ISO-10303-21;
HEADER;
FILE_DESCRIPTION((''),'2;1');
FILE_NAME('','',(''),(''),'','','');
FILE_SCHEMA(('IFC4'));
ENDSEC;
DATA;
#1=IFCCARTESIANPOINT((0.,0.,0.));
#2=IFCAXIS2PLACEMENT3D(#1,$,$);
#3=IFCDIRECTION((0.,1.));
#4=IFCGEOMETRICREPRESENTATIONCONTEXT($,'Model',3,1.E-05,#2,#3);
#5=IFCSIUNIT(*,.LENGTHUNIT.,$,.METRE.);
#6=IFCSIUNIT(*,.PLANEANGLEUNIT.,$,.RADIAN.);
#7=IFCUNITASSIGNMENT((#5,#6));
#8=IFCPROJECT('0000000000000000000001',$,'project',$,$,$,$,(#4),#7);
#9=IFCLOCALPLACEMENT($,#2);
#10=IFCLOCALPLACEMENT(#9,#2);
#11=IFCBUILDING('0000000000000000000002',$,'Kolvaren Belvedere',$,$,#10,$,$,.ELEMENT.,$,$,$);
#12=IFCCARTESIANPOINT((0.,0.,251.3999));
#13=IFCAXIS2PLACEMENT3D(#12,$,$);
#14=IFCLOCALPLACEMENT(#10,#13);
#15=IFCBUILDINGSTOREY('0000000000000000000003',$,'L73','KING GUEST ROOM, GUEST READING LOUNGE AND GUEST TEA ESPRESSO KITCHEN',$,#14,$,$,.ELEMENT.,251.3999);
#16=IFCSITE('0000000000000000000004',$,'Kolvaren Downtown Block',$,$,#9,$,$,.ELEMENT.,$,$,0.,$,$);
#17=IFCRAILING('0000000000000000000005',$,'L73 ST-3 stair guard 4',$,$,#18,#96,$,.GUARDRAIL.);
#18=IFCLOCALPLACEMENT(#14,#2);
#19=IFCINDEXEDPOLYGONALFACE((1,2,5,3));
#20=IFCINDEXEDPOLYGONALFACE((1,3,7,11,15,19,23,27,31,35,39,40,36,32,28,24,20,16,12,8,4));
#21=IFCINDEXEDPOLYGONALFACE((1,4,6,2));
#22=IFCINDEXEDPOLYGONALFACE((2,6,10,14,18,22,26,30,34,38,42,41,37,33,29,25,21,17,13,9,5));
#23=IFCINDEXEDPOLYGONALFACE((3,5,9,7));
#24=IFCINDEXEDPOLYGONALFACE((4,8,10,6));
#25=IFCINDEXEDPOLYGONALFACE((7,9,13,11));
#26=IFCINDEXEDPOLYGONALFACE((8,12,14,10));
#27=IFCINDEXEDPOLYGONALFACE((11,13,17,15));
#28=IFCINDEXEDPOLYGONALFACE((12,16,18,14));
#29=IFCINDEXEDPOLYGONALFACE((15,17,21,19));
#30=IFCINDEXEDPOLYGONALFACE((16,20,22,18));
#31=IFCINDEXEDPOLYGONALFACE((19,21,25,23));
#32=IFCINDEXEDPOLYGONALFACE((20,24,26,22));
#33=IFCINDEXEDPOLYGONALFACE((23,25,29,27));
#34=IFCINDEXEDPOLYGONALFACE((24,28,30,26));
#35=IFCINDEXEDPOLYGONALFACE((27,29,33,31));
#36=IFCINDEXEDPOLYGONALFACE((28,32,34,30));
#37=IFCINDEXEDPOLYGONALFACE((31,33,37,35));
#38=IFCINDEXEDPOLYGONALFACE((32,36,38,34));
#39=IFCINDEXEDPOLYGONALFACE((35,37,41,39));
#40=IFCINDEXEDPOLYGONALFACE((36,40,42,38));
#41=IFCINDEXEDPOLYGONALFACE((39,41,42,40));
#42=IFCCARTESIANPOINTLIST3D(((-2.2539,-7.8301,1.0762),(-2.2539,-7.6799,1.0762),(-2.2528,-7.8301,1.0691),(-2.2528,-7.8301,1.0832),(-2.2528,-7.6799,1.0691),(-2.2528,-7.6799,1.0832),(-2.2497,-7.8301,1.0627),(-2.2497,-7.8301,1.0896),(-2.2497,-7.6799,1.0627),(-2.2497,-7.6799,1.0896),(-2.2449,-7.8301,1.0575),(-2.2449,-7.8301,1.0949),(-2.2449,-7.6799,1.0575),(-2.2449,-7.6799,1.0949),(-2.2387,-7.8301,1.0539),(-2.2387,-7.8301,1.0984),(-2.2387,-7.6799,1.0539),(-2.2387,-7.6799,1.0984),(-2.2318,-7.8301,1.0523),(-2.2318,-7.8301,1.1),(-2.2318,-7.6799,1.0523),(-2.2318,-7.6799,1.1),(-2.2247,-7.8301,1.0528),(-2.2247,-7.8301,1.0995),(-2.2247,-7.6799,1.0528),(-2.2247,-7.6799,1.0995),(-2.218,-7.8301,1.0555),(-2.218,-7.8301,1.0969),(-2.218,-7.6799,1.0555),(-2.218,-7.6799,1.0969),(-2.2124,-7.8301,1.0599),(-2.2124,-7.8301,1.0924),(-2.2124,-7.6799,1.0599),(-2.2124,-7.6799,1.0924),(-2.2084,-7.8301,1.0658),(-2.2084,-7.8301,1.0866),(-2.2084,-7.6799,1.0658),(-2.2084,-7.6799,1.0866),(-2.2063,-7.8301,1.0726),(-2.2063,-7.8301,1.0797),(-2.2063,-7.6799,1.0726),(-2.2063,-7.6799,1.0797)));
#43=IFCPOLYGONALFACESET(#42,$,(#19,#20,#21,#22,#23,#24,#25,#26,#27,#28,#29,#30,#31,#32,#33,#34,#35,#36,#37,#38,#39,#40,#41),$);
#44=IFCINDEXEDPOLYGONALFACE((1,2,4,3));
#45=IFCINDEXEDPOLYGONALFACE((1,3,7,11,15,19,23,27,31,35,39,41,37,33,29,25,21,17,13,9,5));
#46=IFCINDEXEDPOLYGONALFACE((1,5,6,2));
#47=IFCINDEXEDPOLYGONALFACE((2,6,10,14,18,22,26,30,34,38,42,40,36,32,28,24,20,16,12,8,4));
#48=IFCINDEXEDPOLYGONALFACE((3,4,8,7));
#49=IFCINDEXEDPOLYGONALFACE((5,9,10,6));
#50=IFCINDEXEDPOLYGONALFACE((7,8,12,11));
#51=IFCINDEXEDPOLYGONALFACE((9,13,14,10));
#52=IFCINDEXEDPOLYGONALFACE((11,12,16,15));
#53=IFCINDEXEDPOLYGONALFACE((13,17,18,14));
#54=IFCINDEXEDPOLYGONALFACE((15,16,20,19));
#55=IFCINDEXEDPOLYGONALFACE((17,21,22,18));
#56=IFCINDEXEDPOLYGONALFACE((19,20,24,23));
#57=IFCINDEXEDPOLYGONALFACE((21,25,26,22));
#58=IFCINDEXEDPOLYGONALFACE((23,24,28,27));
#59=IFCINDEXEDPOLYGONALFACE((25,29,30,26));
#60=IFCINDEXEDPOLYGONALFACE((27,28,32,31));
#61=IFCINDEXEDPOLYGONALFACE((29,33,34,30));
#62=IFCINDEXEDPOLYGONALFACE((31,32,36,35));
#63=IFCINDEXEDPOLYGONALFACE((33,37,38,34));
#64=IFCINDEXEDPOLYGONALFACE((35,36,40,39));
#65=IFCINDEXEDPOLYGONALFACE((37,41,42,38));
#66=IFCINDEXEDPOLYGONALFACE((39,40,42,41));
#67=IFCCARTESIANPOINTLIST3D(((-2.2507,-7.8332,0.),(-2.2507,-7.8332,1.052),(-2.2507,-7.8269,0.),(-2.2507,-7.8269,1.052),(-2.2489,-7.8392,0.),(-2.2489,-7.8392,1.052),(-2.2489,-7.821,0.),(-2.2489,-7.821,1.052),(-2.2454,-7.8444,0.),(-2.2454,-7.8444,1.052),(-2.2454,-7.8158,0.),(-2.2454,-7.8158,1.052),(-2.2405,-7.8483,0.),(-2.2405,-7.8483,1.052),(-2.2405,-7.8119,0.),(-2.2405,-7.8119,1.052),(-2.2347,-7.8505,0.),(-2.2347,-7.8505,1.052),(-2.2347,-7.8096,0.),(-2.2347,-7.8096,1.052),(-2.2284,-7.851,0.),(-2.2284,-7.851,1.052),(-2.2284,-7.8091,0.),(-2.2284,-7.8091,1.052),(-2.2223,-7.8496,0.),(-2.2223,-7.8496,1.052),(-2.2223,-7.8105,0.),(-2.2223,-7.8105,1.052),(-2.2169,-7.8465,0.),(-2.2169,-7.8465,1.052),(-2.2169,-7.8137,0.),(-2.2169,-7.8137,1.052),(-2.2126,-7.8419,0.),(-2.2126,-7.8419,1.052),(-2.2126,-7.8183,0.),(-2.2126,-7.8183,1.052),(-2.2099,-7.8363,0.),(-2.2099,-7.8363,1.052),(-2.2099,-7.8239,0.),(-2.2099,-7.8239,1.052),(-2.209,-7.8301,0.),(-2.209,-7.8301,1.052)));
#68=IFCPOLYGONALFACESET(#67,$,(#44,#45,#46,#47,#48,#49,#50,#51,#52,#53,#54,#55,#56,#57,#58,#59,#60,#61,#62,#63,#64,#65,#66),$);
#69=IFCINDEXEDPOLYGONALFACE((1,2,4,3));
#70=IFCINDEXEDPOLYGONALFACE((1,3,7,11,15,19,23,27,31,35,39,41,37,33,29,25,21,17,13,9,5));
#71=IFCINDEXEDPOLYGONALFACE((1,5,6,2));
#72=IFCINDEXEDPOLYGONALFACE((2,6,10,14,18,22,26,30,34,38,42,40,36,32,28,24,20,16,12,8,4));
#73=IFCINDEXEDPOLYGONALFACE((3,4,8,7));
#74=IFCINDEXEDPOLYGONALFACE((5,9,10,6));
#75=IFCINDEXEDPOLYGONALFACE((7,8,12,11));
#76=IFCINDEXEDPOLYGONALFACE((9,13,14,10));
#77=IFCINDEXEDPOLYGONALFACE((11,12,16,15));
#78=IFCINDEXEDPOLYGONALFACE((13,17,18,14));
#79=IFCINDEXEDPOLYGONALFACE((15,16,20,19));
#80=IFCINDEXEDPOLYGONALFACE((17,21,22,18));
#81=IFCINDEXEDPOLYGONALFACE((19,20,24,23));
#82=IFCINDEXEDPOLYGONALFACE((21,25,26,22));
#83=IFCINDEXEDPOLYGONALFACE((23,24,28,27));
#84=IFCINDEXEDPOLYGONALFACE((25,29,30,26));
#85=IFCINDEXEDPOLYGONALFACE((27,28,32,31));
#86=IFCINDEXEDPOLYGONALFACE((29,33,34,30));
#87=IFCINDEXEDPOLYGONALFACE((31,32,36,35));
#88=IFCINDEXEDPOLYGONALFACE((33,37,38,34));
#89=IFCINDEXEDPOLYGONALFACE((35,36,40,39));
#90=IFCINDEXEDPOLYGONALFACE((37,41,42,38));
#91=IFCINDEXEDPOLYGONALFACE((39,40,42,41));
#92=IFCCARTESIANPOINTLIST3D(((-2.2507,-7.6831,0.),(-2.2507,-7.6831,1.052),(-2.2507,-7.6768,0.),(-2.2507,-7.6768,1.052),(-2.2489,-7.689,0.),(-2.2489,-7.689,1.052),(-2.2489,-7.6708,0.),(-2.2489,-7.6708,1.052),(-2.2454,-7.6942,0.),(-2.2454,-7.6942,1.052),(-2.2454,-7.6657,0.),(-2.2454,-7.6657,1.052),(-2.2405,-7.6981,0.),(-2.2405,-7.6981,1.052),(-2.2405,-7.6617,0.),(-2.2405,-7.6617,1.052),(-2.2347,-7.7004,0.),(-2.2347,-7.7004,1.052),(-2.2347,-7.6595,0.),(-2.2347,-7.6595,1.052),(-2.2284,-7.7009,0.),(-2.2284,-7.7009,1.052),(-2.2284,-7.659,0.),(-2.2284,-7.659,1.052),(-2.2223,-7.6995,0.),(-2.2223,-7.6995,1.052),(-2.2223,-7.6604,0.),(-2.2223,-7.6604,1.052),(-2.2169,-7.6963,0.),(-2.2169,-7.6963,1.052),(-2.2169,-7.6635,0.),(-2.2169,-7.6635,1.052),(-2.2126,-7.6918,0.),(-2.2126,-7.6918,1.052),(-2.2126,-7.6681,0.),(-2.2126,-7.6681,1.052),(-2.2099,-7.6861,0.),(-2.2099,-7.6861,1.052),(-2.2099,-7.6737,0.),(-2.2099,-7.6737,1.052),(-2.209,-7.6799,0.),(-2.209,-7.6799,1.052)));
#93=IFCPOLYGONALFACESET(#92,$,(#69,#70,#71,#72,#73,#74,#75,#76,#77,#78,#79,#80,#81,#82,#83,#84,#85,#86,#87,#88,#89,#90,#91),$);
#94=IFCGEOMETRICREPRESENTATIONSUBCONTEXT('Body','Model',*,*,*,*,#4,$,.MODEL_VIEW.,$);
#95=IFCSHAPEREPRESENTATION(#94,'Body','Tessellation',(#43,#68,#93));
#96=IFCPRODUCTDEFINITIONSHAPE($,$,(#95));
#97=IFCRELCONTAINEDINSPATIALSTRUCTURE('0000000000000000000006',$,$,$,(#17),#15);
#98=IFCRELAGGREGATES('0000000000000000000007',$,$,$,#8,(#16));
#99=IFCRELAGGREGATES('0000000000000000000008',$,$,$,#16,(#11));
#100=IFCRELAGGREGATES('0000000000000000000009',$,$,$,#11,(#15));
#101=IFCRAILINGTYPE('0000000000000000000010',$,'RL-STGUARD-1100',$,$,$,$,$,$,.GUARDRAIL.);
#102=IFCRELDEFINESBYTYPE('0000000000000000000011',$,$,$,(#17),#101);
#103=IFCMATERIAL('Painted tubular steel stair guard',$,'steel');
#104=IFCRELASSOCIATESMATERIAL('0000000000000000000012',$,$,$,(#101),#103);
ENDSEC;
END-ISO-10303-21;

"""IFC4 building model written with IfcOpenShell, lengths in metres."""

from ifc_helpers import new_model, si_unit, direction, frame, origin, origin_2d, place, context, subcontext, project, spatial, circle, extrude, material, type_object, element, save


model = new_model("IFC4")

# Units and contexts
model_context = context("Model", 3, precision=1e-05, world=origin(), true_north=direction((0.0, 1.0)))
body_context = subcontext(model_context, "Body", "Model", "MODEL_VIEW")
ifc_project = project(units=[si_unit("LENGTHUNIT", "METRE"), si_unit("PLANEANGLEUNIT", "RADIAN")], contexts=[model_context])

# Site, building, storey
site_placement = place(None, origin())
site = spatial("IfcSite", under=ifc_project, at=site_placement, Name="Kolvaren Downtown Block", CompositionType="ELEMENT", RefElevation=0.0)
building_placement = place(site_placement, origin())
building = spatial("IfcBuilding", under=site, at=building_placement, Name="Kolvaren Belvedere", CompositionType="ELEMENT")
storey_placement = place(building_placement, frame((0.0, 0.0, 251.3999)))
storey = spatial("IfcBuildingStorey", under=building, at=storey_placement, Name="L73", Description="KING GUEST ROOM, GUEST READING LOUNGE AND GUEST TEA ESPRESSO KITCHEN", CompositionType="ELEMENT", Elevation=251.3999)

# Railing
ifc_material_1 = material(Name="Painted tubular steel stair guard", Category="steel")
railing_type_1 = type_object("IfcRailingType", Name="RL-STGUARD-1100", PredefinedType="GUARDRAIL", material=ifc_material_1)
railing_1_placement = place(storey_placement, frame((-2.23, -7.8301, 0.0)))
element("IfcRailing", 1, at=railing_1_placement, inside=storey, type_object=railing_type_1, Name="L73 ST-3 stair guard 4", PredefinedType="GUARDRAIL", context=body_context, shape_type="SweptSolid", body=[
    extrude(circle(Radius=0.0239, at=origin_2d()), frame((0.0, 0.0, 1.0762), z_axis=(0.0, 1.0, 0.0), x_axis=(-1.0, 0.0, 0.0)), (0.0, 0.0, 1.0), 0.1501),
    extrude(circle(Radius=0.021, at=origin_2d()), origin(), (0.0, 0.0, 1.0), 1.052),
    extrude(circle(Radius=0.021, at=origin_2d()), frame((0.0, 0.1501, 0.0)), (0.0, 0.0, 1.0), 1.052),
])

save(model, "model.ifc")
